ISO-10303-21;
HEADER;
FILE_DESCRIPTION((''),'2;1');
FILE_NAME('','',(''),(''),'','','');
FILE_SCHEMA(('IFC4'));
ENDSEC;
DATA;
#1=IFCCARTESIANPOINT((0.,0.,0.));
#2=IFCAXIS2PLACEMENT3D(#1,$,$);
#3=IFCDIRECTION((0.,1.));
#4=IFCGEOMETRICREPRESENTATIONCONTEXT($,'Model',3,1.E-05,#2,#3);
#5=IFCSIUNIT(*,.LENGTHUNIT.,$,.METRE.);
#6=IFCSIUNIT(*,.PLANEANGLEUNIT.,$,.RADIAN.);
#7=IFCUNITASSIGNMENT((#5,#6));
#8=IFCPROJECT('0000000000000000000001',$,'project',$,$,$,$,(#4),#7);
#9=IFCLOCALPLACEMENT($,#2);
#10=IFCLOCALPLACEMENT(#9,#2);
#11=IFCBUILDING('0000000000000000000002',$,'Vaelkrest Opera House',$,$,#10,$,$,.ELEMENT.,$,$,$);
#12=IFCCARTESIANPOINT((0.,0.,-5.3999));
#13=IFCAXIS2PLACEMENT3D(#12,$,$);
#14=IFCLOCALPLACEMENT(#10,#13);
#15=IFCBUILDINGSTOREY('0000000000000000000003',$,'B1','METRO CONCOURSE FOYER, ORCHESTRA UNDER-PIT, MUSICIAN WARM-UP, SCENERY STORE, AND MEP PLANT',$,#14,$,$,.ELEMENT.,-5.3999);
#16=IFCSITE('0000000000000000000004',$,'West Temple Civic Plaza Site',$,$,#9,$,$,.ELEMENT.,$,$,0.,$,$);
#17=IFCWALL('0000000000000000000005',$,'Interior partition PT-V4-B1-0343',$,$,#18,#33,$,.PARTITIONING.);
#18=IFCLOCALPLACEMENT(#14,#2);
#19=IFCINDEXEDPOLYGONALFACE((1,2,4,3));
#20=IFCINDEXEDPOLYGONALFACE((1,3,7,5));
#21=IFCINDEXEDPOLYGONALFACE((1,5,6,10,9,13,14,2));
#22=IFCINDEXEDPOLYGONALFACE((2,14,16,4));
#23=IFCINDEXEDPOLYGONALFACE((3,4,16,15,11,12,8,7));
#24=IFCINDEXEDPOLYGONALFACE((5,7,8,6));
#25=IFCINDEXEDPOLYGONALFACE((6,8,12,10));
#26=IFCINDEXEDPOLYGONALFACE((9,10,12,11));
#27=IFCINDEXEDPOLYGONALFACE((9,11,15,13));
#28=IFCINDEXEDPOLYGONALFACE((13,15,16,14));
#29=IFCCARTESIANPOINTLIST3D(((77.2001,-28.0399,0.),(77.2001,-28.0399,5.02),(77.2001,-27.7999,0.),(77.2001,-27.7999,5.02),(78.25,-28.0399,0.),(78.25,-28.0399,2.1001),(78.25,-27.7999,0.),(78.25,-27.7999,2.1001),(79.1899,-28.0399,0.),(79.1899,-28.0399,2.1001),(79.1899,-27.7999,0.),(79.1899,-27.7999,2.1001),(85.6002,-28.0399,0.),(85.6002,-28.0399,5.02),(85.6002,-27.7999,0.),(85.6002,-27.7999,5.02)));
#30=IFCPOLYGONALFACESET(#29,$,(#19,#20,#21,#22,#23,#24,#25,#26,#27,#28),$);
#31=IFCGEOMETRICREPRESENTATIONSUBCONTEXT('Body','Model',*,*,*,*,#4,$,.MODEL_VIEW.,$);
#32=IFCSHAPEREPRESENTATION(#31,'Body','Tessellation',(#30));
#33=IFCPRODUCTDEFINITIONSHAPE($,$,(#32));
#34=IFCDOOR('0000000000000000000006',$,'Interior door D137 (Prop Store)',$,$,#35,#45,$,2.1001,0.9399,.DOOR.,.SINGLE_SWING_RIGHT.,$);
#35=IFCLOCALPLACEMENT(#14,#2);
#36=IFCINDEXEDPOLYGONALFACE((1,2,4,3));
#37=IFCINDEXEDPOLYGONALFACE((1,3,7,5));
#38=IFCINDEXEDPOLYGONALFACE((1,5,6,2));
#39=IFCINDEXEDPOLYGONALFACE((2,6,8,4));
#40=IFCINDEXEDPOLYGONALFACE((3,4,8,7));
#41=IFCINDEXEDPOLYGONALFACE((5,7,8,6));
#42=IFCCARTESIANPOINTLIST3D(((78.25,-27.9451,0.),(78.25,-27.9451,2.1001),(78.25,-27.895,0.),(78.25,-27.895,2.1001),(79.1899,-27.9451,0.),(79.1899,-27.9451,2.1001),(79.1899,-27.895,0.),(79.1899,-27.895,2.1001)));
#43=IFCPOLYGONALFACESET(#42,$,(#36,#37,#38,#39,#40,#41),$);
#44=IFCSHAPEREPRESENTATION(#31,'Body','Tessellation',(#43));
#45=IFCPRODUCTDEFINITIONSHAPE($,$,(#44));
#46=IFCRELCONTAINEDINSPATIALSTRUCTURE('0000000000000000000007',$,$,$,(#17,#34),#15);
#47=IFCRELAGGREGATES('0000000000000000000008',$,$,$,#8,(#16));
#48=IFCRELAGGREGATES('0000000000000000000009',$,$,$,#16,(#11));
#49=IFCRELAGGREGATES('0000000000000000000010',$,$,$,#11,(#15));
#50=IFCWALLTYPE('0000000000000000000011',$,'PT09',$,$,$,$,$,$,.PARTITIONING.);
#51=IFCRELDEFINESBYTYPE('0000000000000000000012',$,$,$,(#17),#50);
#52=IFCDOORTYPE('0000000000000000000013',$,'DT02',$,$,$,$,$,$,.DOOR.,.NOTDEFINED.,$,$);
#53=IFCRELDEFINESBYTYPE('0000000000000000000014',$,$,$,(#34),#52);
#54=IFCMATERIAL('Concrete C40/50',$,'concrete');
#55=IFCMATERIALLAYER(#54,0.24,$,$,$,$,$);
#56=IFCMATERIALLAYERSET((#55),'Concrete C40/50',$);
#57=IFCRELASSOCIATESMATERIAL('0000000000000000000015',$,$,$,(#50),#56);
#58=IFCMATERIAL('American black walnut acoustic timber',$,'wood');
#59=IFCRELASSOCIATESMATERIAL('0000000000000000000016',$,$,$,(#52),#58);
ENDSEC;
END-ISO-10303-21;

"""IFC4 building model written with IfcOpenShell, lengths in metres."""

from ifc_helpers import new_model, si_unit, direction, frame, frame_2d, origin, place, context, subcontext, project, spatial, rectangle, extrude, material, layer, layer_set, type_object, element, fill, save


model = new_model("IFC4")

# Units and contexts
model_context = context("Model", 3, precision=1e-05, world=origin(), true_north=direction((0.0, 1.0)))
body_context = subcontext(model_context, "Body", "Model", "MODEL_VIEW")
ifc_project = project(units=[si_unit("LENGTHUNIT", "METRE"), si_unit("PLANEANGLEUNIT", "RADIAN")], contexts=[model_context])

# Site, building, storey
site_placement = place(None, origin())
site = spatial("IfcSite", under=ifc_project, at=site_placement, Name="West Temple Civic Plaza Site", CompositionType="ELEMENT", RefElevation=0.0)
building_placement = place(site_placement, origin())
building = spatial("IfcBuilding", under=site, at=building_placement, Name="Vaelkrest Opera House", CompositionType="ELEMENT")
storey_placement = place(building_placement, frame((0.0, 0.0, -5.3999)))
storey = spatial("IfcBuildingStorey", under=building, at=storey_placement, Name="B1", Description="METRO CONCOURSE FOYER, ORCHESTRA UNDER-PIT, MUSICIAN WARM-UP, SCENERY STORE, AND MEP PLANT", CompositionType="ELEMENT", Elevation=-5.3999)

# Shared definitions
ifc_material_1 = material(Name="Concrete C40/50", Category="concrete")

# Wall, opening, door
ifc_layer = layer(ifc_material_1, 0.24)
ifc_layer_set = layer_set([ifc_layer], Name="Concrete C40/50")
wall_type = type_object("IfcWallType", Name="PT09", PredefinedType="PARTITIONING", material=ifc_layer_set)
wall_placement = place(storey_placement, frame((77.2, -27.9199, 0.0), z_axis=(0.0, 0.0, 1.0), x_axis=(1.0, 0.0, 0.0)))
wall = element("IfcWall", 1, at=wall_placement, inside=storey, type_object=wall_type, Name="Interior partition PT-V4-B1-0343", PredefinedType="PARTITIONING", context=body_context, shape_type="SweptSolid", body=[
    extrude(rectangle(XDim=8.4001, YDim=0.24, at=frame_2d((4.2002, 0.0))), origin(), (0.0, 0.0, 1.0), 5.02),
])
opening_placement = place(wall_placement, frame((1.05, 0.0, 0.0)))
opening = element("IfcOpeningElement", 2, at=opening_placement, cuts=wall, PredefinedType="OPENING", context=body_context, shape_type="SweptSolid", body=[
    extrude(rectangle(XDim=0.9399, YDim=2.1001, at=frame_2d((0.47, 1.05))), frame((0.0, 0.1299, 0.0), z_axis=(0.0, -1.0, 0.0), x_axis=(1.0, 0.0, 0.0)), (0.0, 0.0, 1.0), 0.26),
])
ifc_material_2 = material(Name="American black walnut acoustic timber", Category="wood")
door_type = type_object("IfcDoorType", Name="DT02", OperationType="NOTDEFINED", PredefinedType="DOOR", material=ifc_material_2)
door_placement = place(opening_placement, origin())
door = element("IfcDoor", 3, at=door_placement, inside=storey, type_object=door_type, Name="Interior door D137 (Prop Store)", OperationType="SINGLE_SWING_RIGHT", OverallHeight=2.1001, OverallWidth=0.9399, PredefinedType="DOOR", context=body_context, shape_type="SweptSolid", body=[
    extrude(rectangle(XDim=0.9399, YDim=2.1001, at=frame_2d((0.47, 1.05))), frame((0.0, 0.0249, 0.0), z_axis=(0.0, -1.0, 0.0), x_axis=(1.0, 0.0, 0.0)), (0.0, 0.0, 1.0), 0.05),
])
fill(opening, door)

save(model, "model.ifc")
